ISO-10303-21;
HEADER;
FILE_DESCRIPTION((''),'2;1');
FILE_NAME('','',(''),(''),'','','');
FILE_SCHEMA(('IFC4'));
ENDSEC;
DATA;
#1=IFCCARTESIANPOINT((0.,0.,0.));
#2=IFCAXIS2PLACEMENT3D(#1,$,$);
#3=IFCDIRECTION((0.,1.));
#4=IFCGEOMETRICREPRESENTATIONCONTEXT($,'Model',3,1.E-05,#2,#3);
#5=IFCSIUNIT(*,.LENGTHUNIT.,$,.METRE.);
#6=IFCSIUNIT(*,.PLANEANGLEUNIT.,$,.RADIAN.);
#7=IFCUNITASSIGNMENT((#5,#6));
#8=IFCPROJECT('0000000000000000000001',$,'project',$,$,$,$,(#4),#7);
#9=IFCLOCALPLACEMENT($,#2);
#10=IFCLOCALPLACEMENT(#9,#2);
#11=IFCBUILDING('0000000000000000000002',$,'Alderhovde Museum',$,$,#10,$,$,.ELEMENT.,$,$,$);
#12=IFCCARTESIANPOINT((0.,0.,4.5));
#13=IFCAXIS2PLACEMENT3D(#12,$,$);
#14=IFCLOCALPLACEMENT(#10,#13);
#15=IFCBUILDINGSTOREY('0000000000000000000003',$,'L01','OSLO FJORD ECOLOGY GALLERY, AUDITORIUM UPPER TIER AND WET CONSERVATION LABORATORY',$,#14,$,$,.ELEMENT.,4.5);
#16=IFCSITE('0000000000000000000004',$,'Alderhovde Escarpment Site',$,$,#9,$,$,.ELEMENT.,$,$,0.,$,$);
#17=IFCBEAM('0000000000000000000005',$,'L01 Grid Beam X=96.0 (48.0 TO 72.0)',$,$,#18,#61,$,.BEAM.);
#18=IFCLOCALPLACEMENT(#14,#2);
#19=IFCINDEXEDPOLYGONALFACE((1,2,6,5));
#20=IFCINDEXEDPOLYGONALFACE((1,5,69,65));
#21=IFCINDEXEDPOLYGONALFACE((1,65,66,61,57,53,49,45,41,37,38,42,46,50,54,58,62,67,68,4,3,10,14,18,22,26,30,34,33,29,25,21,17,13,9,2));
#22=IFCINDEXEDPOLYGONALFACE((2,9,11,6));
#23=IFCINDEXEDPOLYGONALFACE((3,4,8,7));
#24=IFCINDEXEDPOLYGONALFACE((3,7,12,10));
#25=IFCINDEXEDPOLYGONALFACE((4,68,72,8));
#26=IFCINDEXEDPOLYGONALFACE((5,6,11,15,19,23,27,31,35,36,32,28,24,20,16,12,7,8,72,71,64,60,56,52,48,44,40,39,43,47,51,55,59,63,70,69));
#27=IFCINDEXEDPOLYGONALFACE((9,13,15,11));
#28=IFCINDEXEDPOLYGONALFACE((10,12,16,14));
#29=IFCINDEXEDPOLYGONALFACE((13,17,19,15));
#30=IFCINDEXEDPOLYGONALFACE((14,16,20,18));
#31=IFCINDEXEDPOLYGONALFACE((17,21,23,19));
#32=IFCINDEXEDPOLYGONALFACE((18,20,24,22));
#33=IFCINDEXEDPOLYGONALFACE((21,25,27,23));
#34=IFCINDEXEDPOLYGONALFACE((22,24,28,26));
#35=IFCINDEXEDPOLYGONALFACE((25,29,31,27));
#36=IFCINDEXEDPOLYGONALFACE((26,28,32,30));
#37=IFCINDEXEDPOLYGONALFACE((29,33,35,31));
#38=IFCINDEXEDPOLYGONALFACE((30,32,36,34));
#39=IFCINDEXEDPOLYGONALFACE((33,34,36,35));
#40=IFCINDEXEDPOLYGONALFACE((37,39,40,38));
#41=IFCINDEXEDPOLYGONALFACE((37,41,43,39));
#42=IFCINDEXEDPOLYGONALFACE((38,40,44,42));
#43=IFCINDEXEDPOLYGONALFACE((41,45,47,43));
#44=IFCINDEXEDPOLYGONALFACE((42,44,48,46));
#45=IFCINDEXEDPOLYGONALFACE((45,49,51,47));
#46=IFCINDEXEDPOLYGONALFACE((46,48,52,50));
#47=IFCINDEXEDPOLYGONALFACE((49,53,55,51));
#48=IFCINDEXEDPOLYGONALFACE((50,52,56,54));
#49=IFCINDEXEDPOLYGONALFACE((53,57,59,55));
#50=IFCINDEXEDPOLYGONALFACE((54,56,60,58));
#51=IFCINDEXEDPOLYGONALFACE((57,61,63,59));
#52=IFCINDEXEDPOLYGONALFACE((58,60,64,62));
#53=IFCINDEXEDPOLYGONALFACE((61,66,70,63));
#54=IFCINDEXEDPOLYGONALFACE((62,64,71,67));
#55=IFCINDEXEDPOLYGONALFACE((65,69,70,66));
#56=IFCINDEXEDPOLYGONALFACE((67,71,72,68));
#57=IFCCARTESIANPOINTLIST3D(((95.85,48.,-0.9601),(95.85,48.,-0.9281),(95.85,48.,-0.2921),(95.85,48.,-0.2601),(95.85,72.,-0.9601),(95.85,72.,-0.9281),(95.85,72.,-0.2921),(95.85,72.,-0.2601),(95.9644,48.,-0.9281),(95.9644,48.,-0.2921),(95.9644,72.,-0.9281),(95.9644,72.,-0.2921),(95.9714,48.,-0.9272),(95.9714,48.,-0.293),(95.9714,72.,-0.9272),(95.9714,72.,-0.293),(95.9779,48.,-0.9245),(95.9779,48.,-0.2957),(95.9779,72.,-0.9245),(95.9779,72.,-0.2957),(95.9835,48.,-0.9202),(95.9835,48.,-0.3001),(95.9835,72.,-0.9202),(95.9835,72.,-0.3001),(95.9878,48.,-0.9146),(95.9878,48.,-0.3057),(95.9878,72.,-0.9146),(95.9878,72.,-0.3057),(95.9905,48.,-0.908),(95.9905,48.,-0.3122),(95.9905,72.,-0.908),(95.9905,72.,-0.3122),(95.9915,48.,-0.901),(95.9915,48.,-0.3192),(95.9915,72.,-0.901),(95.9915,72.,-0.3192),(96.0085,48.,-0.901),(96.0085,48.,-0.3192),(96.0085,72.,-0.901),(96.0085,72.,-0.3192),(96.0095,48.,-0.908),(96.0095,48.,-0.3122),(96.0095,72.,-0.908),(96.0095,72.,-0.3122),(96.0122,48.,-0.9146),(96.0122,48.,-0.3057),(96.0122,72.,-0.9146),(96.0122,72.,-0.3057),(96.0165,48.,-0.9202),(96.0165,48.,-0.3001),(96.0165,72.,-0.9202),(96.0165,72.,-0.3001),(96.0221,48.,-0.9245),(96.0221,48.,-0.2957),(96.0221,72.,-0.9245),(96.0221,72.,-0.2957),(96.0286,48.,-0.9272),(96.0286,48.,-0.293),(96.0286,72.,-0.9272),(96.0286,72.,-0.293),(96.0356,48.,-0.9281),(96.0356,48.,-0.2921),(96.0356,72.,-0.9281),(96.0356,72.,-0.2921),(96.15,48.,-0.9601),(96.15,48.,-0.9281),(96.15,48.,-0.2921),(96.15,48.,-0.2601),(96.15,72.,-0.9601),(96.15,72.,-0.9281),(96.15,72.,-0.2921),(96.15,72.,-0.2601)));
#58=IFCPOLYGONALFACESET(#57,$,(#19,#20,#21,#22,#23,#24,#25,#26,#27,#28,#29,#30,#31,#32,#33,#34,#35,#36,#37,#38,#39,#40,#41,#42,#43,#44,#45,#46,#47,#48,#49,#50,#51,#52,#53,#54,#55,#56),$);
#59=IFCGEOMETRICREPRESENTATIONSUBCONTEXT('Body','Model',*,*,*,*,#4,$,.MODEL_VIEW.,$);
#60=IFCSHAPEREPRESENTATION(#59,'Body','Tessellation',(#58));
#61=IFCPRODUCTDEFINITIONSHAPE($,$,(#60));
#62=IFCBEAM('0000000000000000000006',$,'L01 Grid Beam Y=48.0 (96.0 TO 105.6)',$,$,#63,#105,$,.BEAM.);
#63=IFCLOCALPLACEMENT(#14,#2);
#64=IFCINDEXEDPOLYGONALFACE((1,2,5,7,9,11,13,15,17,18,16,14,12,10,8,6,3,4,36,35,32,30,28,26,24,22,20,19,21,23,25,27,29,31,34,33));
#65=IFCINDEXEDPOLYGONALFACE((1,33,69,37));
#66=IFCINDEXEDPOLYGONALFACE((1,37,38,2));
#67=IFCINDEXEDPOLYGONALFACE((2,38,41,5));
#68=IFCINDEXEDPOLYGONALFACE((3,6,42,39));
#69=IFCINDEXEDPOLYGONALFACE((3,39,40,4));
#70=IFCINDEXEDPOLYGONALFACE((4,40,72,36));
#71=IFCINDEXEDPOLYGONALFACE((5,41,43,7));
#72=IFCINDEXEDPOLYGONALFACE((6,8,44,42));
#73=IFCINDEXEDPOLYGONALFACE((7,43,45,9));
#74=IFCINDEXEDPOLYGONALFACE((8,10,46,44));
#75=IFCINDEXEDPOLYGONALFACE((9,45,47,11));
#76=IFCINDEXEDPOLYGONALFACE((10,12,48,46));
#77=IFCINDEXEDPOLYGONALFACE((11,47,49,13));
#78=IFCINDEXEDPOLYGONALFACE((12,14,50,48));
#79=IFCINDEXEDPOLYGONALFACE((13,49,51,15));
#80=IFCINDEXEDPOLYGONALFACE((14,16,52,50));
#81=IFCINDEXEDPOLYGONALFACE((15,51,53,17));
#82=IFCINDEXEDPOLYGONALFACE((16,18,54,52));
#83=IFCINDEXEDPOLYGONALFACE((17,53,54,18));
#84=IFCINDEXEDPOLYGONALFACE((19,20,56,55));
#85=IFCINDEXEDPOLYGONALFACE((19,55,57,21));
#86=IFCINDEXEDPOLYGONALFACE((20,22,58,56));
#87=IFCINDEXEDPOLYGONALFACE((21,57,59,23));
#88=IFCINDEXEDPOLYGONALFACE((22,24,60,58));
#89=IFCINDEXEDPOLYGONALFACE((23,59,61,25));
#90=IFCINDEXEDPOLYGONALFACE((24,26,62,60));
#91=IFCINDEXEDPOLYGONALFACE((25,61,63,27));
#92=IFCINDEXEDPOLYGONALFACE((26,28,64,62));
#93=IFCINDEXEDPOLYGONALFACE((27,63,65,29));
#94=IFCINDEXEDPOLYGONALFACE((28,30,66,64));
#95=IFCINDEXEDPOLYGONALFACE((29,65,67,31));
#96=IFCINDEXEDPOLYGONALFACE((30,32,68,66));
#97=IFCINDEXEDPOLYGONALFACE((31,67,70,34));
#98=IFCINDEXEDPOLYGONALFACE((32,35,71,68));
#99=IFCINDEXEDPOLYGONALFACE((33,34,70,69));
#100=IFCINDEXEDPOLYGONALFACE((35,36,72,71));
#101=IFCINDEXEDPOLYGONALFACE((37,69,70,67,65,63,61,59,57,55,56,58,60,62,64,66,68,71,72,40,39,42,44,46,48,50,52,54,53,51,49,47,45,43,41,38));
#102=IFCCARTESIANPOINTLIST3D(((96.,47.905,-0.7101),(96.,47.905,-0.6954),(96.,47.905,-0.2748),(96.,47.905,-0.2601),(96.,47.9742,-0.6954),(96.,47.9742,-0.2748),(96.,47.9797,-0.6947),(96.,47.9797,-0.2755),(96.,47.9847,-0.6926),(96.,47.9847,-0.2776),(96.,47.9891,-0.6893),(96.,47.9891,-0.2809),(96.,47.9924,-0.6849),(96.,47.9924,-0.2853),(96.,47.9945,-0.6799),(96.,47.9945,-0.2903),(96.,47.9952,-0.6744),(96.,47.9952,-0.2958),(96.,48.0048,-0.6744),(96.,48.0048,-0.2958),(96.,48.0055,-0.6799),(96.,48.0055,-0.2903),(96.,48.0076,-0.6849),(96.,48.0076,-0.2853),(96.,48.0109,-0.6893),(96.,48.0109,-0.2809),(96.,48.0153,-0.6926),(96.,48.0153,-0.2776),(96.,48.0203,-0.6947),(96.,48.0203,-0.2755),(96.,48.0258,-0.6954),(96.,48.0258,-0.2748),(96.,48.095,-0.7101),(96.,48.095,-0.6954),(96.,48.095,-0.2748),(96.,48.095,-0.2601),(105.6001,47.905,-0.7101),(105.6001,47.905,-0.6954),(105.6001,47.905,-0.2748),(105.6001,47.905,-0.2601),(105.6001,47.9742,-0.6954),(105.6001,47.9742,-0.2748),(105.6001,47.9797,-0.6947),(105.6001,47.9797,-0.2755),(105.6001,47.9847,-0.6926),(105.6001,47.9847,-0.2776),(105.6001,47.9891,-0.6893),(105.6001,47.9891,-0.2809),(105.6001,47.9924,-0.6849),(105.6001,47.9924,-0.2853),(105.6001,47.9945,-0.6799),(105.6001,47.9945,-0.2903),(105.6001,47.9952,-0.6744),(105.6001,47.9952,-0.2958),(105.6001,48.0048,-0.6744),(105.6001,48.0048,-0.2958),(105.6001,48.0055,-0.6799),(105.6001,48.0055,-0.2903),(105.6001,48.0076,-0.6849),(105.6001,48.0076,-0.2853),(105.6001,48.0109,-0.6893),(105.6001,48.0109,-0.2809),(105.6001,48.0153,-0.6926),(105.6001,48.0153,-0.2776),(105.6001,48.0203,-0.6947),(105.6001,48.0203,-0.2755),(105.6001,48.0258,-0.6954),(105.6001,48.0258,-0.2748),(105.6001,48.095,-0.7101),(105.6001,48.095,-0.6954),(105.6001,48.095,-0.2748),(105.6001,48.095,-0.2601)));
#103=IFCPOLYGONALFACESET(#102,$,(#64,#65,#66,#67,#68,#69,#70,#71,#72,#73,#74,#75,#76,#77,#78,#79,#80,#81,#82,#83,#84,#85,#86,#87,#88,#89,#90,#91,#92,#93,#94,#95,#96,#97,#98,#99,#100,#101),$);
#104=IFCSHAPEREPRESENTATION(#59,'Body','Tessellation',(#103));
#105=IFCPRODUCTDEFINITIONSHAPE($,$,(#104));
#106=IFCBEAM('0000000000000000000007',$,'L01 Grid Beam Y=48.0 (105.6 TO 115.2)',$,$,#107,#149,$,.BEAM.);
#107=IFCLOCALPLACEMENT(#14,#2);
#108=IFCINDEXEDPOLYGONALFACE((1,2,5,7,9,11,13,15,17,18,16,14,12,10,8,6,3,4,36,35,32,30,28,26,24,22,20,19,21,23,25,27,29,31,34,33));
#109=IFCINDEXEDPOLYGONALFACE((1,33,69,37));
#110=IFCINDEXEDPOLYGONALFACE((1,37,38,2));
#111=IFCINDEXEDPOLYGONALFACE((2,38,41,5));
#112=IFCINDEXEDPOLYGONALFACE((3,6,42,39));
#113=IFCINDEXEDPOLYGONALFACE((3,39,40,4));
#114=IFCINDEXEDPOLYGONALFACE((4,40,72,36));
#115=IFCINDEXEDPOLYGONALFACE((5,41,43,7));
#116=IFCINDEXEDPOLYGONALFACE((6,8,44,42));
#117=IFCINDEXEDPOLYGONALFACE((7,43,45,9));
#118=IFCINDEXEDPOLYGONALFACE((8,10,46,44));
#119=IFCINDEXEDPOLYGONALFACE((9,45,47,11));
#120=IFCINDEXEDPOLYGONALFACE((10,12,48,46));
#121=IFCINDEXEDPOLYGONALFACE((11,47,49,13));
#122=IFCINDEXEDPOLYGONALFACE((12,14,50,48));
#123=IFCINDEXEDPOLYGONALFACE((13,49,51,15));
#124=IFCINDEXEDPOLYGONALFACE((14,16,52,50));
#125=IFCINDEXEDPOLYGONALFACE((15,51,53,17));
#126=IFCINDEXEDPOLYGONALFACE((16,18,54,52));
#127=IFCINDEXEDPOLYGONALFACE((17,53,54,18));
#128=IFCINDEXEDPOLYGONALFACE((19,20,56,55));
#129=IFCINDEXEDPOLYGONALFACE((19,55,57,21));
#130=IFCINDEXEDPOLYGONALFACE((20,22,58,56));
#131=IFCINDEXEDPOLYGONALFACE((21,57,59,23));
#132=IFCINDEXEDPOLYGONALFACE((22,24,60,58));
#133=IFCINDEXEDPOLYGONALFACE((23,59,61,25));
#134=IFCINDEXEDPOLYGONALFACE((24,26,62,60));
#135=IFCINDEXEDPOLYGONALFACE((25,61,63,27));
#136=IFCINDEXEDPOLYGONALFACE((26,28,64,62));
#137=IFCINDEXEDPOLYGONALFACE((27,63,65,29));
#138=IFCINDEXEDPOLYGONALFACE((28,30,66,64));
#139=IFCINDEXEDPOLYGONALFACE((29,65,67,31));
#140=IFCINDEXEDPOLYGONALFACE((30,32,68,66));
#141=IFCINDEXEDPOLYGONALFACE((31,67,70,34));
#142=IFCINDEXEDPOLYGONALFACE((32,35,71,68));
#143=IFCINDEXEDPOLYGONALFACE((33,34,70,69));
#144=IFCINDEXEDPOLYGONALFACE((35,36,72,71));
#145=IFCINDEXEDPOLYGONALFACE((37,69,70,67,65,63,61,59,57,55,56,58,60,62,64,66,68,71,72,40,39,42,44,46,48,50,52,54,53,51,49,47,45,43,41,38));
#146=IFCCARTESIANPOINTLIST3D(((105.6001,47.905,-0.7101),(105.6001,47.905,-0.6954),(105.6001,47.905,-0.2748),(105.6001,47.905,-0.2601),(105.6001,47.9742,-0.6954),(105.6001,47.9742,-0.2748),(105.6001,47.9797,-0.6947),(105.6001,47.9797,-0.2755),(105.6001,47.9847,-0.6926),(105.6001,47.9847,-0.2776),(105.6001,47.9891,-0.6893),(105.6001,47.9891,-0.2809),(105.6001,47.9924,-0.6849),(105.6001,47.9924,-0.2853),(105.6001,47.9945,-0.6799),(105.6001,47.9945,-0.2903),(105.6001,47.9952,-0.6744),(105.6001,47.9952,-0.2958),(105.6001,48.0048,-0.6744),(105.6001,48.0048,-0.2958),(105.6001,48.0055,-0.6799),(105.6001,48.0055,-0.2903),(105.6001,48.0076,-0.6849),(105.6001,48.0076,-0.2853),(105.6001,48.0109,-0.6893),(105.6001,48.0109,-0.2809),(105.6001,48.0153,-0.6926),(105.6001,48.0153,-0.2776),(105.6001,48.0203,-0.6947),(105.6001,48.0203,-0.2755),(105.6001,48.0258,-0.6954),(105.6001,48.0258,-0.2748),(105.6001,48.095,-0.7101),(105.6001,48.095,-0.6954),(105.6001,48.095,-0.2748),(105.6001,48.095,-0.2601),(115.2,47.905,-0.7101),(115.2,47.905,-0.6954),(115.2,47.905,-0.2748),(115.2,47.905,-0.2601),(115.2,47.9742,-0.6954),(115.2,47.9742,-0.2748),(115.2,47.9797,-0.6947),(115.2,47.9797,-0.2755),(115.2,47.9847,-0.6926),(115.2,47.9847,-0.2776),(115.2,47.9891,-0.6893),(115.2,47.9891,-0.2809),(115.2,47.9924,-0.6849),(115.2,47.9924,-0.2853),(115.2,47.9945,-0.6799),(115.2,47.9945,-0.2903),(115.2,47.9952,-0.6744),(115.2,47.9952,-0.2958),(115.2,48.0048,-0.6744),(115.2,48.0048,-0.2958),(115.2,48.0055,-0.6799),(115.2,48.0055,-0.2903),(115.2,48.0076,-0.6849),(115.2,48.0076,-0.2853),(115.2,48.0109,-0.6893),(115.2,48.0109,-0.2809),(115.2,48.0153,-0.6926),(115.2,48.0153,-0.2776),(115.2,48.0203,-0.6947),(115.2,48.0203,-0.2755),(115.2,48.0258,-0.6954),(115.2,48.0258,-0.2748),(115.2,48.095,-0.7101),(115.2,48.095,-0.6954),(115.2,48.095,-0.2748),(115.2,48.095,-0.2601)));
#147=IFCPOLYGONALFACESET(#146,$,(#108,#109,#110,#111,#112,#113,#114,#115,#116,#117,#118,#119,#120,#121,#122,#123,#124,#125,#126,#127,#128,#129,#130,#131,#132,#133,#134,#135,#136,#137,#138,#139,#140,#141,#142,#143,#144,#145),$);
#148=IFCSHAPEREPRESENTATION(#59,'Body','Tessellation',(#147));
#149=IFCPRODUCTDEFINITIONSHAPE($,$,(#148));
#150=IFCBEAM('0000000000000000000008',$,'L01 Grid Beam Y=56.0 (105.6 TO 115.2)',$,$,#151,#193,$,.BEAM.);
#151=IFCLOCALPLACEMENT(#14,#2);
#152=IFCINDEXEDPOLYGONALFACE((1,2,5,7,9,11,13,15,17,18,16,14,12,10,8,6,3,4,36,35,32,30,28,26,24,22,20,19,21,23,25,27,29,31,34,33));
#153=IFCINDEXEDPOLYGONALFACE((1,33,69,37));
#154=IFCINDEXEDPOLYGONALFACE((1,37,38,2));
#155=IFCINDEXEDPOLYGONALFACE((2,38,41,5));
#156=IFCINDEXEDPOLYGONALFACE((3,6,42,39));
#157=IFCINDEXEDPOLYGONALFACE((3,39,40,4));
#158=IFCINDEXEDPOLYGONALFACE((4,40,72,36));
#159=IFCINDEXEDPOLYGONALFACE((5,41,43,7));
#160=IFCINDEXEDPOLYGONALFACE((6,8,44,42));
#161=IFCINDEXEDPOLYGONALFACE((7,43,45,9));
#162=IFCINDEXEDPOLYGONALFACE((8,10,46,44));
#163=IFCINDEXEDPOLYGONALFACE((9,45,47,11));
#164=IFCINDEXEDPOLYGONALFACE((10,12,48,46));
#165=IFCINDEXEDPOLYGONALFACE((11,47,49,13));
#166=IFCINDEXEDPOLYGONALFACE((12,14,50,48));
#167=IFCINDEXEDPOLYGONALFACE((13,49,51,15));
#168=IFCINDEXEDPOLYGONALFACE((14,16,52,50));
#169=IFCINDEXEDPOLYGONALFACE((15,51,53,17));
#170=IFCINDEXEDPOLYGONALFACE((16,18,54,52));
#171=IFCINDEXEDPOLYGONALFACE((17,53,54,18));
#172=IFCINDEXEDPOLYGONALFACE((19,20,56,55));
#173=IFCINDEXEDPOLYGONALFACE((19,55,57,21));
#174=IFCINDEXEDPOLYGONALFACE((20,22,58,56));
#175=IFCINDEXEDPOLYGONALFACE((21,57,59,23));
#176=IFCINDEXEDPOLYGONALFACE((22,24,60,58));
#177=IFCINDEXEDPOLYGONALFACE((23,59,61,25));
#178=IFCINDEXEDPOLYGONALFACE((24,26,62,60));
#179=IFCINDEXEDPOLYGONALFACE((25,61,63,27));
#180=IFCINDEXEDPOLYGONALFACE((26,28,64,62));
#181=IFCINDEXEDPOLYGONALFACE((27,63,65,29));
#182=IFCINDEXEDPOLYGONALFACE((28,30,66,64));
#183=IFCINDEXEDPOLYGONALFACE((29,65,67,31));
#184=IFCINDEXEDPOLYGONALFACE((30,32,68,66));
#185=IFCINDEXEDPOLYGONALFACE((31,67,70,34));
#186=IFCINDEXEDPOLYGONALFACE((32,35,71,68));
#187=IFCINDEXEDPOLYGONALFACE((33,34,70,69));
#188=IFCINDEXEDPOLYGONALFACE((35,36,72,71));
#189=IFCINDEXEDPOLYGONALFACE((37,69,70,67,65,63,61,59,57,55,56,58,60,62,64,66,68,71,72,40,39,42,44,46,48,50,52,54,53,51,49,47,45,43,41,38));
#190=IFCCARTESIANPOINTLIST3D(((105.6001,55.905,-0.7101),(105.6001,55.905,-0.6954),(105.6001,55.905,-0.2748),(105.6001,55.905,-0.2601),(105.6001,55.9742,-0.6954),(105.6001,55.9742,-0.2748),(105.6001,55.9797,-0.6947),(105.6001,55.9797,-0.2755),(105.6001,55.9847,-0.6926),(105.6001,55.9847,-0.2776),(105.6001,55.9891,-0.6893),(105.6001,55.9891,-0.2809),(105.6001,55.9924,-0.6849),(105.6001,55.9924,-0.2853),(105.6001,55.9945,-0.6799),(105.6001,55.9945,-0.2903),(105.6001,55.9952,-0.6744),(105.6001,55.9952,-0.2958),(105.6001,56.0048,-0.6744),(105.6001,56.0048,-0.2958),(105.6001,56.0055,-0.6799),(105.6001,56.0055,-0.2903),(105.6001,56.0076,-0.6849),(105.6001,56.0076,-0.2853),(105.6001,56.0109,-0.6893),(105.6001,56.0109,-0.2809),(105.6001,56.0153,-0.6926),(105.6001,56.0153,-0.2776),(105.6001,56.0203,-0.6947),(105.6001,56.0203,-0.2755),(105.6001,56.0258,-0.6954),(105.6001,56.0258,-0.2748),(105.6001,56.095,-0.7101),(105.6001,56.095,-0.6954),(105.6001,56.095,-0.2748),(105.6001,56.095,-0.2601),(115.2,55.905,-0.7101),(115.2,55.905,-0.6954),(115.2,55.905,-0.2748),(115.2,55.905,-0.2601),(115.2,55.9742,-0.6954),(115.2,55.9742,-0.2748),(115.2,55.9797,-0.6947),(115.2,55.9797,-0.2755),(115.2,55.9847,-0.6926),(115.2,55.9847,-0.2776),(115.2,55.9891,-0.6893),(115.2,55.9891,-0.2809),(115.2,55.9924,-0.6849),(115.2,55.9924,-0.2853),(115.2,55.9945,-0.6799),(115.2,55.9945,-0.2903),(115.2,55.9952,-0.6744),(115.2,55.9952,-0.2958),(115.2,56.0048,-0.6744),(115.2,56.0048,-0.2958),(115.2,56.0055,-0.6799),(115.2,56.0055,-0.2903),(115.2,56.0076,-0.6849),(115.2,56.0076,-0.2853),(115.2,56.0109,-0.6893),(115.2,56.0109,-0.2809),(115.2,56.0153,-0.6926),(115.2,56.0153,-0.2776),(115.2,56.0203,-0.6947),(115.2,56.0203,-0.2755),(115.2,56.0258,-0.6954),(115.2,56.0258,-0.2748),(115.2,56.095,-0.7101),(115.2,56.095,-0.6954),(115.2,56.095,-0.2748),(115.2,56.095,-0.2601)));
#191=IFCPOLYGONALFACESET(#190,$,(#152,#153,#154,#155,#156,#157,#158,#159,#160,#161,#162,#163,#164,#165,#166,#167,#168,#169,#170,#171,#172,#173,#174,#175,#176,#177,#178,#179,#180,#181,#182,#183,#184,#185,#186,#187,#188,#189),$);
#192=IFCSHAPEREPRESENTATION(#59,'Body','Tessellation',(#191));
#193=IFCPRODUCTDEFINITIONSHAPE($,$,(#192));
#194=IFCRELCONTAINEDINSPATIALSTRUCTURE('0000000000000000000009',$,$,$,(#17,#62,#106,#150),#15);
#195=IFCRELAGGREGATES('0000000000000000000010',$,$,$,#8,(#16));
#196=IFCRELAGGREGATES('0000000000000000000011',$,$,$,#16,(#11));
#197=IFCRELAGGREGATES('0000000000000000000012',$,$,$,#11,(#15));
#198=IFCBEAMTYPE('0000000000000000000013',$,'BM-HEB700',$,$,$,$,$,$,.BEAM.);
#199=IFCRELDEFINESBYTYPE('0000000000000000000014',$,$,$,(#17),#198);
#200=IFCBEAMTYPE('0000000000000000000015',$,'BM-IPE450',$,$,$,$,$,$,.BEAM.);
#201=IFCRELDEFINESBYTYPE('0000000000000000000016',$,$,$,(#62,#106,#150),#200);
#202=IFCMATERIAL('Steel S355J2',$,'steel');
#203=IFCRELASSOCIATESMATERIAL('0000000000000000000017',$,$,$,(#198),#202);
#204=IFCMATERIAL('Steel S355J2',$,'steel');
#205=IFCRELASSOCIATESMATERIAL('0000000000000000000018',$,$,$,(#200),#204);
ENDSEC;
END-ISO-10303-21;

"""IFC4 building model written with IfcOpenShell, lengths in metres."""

from ifc_helpers import new_model, si_unit, direction, frame, origin, origin_2d, place, context, subcontext, project, spatial, i_section, extrude, material, material_profile, profile_set, type_object, element, save


model = new_model("IFC4")

# Units and contexts
model_context = context("Model", 3, precision=1e-05, world=origin(), true_north=direction((0.0, 1.0)))
body_context = subcontext(model_context, "Body", "Model", "MODEL_VIEW")
ifc_project = project(units=[si_unit("LENGTHUNIT", "METRE"), si_unit("PLANEANGLEUNIT", "RADIAN")], contexts=[model_context])

# Site, building, storey
site_placement = place(None, origin())
site = spatial("IfcSite", under=ifc_project, at=site_placement, Name="Alderhovde Escarpment Site", CompositionType="ELEMENT", RefElevation=0.0)
building_placement = place(site_placement, origin())
building = spatial("IfcBuilding", under=site, at=building_placement, Name="Alderhovde Museum", CompositionType="ELEMENT")
storey_placement = place(building_placement, frame((0.0, 0.0, 4.5)))
storey = spatial("IfcBuildingStorey", under=building, at=storey_placement, Name="L01", Description="OSLO FJORD ECOLOGY GALLERY, AUDITORIUM UPPER TIER AND WET CONSERVATION LABORATORY", CompositionType="ELEMENT", Elevation=4.5)

# Beams
ifc_material_1 = material(Name="Steel S355J2", Category="steel")
ifc_material_profile_1 = material_profile(ifc_material_1, i_section(OverallWidth=0.3, OverallDepth=0.7, WebThickness=0.0171, FlangeThickness=0.032, FilletRadius=0.0271, at=origin_2d()), Name="HEB 700")
ifc_profile_set_1 = profile_set([ifc_material_profile_1], Name="Steel S355J2")
beam_type_1 = type_object("IfcBeamType", Name="BM-HEB700", PredefinedType="BEAM", material=ifc_profile_set_1)
beam_1_placement = place(storey_placement, frame((96.0, 48.0, -0.6101), z_axis=(0.0, 1.0, 0.0), x_axis=(-1.0, 0.0, 0.0)))
element("IfcBeam", 1, at=beam_1_placement, inside=storey, type_object=beam_type_1, Name="L01 Grid Beam X=96.0 (48.0 TO 72.0)", PredefinedType="BEAM", context=body_context, shape_type="SweptSolid", body=[
    extrude(i_section(OverallWidth=0.3, OverallDepth=0.7, WebThickness=0.0171, FlangeThickness=0.032, FilletRadius=0.0271, at=origin_2d()), origin(), (0.0, 0.0, 1.0), 24.0),
])
ifc_material_2 = material(Name="Steel S355J2", Category="steel")
ifc_material_profile_2 = material_profile(ifc_material_2, i_section(OverallWidth=0.1899, OverallDepth=0.45, WebThickness=0.0095, FlangeThickness=0.0146, FilletRadius=0.021, at=origin_2d()), Name="IPE 450")
ifc_profile_set_2 = profile_set([ifc_material_profile_2], Name="Steel S355J2")
beam_type_2 = type_object("IfcBeamType", Name="BM-IPE450", PredefinedType="BEAM", material=ifc_profile_set_2)
beam_2_placement = place(storey_placement, frame((96.0, 48.0, -0.4851), z_axis=(1.0, 0.0, 0.0), x_axis=(0.0, 1.0, 0.0)))
element("IfcBeam", 2, at=beam_2_placement, inside=storey, type_object=beam_type_2, Name="L01 Grid Beam Y=48.0 (96.0 TO 105.6)", PredefinedType="BEAM", context=body_context, shape_type="SweptSolid", body=[
    extrude(i_section(OverallWidth=0.1899, OverallDepth=0.45, WebThickness=0.0095, FlangeThickness=0.0146, FilletRadius=0.021, at=origin_2d()), origin(), (0.0, 0.0, 1.0), 9.6001),
])
for number, where, z_axis, x_axis, name in (
    (3, (105.6001, 48.0, -0.4851), (1.0, 0.0, 0.0), (0.0, 1.0, 0.0), "L01 Grid Beam Y=48.0 (105.6 TO 115.2)"),
    (4, (105.6001, 56.0, -0.4851), (1.0, 0.0, 0.0), (0.0, 1.0, 0.0), "L01 Grid Beam Y=56.0 (105.6 TO 115.2)"),
):
    element("IfcBeam", number, at=place(storey_placement, frame(where, z_axis=z_axis, x_axis=x_axis)), inside=storey, type_object=beam_type_2, Name=name, PredefinedType="BEAM", context=body_context, shape_type="SweptSolid", body=[
        extrude(i_section(OverallWidth=0.1899, OverallDepth=0.45, WebThickness=0.0095, FlangeThickness=0.0146, FilletRadius=0.021, at=origin_2d()), origin(), (0.0, 0.0, 1.0), 9.5999),
    ])

save(model, "model.ifc")
